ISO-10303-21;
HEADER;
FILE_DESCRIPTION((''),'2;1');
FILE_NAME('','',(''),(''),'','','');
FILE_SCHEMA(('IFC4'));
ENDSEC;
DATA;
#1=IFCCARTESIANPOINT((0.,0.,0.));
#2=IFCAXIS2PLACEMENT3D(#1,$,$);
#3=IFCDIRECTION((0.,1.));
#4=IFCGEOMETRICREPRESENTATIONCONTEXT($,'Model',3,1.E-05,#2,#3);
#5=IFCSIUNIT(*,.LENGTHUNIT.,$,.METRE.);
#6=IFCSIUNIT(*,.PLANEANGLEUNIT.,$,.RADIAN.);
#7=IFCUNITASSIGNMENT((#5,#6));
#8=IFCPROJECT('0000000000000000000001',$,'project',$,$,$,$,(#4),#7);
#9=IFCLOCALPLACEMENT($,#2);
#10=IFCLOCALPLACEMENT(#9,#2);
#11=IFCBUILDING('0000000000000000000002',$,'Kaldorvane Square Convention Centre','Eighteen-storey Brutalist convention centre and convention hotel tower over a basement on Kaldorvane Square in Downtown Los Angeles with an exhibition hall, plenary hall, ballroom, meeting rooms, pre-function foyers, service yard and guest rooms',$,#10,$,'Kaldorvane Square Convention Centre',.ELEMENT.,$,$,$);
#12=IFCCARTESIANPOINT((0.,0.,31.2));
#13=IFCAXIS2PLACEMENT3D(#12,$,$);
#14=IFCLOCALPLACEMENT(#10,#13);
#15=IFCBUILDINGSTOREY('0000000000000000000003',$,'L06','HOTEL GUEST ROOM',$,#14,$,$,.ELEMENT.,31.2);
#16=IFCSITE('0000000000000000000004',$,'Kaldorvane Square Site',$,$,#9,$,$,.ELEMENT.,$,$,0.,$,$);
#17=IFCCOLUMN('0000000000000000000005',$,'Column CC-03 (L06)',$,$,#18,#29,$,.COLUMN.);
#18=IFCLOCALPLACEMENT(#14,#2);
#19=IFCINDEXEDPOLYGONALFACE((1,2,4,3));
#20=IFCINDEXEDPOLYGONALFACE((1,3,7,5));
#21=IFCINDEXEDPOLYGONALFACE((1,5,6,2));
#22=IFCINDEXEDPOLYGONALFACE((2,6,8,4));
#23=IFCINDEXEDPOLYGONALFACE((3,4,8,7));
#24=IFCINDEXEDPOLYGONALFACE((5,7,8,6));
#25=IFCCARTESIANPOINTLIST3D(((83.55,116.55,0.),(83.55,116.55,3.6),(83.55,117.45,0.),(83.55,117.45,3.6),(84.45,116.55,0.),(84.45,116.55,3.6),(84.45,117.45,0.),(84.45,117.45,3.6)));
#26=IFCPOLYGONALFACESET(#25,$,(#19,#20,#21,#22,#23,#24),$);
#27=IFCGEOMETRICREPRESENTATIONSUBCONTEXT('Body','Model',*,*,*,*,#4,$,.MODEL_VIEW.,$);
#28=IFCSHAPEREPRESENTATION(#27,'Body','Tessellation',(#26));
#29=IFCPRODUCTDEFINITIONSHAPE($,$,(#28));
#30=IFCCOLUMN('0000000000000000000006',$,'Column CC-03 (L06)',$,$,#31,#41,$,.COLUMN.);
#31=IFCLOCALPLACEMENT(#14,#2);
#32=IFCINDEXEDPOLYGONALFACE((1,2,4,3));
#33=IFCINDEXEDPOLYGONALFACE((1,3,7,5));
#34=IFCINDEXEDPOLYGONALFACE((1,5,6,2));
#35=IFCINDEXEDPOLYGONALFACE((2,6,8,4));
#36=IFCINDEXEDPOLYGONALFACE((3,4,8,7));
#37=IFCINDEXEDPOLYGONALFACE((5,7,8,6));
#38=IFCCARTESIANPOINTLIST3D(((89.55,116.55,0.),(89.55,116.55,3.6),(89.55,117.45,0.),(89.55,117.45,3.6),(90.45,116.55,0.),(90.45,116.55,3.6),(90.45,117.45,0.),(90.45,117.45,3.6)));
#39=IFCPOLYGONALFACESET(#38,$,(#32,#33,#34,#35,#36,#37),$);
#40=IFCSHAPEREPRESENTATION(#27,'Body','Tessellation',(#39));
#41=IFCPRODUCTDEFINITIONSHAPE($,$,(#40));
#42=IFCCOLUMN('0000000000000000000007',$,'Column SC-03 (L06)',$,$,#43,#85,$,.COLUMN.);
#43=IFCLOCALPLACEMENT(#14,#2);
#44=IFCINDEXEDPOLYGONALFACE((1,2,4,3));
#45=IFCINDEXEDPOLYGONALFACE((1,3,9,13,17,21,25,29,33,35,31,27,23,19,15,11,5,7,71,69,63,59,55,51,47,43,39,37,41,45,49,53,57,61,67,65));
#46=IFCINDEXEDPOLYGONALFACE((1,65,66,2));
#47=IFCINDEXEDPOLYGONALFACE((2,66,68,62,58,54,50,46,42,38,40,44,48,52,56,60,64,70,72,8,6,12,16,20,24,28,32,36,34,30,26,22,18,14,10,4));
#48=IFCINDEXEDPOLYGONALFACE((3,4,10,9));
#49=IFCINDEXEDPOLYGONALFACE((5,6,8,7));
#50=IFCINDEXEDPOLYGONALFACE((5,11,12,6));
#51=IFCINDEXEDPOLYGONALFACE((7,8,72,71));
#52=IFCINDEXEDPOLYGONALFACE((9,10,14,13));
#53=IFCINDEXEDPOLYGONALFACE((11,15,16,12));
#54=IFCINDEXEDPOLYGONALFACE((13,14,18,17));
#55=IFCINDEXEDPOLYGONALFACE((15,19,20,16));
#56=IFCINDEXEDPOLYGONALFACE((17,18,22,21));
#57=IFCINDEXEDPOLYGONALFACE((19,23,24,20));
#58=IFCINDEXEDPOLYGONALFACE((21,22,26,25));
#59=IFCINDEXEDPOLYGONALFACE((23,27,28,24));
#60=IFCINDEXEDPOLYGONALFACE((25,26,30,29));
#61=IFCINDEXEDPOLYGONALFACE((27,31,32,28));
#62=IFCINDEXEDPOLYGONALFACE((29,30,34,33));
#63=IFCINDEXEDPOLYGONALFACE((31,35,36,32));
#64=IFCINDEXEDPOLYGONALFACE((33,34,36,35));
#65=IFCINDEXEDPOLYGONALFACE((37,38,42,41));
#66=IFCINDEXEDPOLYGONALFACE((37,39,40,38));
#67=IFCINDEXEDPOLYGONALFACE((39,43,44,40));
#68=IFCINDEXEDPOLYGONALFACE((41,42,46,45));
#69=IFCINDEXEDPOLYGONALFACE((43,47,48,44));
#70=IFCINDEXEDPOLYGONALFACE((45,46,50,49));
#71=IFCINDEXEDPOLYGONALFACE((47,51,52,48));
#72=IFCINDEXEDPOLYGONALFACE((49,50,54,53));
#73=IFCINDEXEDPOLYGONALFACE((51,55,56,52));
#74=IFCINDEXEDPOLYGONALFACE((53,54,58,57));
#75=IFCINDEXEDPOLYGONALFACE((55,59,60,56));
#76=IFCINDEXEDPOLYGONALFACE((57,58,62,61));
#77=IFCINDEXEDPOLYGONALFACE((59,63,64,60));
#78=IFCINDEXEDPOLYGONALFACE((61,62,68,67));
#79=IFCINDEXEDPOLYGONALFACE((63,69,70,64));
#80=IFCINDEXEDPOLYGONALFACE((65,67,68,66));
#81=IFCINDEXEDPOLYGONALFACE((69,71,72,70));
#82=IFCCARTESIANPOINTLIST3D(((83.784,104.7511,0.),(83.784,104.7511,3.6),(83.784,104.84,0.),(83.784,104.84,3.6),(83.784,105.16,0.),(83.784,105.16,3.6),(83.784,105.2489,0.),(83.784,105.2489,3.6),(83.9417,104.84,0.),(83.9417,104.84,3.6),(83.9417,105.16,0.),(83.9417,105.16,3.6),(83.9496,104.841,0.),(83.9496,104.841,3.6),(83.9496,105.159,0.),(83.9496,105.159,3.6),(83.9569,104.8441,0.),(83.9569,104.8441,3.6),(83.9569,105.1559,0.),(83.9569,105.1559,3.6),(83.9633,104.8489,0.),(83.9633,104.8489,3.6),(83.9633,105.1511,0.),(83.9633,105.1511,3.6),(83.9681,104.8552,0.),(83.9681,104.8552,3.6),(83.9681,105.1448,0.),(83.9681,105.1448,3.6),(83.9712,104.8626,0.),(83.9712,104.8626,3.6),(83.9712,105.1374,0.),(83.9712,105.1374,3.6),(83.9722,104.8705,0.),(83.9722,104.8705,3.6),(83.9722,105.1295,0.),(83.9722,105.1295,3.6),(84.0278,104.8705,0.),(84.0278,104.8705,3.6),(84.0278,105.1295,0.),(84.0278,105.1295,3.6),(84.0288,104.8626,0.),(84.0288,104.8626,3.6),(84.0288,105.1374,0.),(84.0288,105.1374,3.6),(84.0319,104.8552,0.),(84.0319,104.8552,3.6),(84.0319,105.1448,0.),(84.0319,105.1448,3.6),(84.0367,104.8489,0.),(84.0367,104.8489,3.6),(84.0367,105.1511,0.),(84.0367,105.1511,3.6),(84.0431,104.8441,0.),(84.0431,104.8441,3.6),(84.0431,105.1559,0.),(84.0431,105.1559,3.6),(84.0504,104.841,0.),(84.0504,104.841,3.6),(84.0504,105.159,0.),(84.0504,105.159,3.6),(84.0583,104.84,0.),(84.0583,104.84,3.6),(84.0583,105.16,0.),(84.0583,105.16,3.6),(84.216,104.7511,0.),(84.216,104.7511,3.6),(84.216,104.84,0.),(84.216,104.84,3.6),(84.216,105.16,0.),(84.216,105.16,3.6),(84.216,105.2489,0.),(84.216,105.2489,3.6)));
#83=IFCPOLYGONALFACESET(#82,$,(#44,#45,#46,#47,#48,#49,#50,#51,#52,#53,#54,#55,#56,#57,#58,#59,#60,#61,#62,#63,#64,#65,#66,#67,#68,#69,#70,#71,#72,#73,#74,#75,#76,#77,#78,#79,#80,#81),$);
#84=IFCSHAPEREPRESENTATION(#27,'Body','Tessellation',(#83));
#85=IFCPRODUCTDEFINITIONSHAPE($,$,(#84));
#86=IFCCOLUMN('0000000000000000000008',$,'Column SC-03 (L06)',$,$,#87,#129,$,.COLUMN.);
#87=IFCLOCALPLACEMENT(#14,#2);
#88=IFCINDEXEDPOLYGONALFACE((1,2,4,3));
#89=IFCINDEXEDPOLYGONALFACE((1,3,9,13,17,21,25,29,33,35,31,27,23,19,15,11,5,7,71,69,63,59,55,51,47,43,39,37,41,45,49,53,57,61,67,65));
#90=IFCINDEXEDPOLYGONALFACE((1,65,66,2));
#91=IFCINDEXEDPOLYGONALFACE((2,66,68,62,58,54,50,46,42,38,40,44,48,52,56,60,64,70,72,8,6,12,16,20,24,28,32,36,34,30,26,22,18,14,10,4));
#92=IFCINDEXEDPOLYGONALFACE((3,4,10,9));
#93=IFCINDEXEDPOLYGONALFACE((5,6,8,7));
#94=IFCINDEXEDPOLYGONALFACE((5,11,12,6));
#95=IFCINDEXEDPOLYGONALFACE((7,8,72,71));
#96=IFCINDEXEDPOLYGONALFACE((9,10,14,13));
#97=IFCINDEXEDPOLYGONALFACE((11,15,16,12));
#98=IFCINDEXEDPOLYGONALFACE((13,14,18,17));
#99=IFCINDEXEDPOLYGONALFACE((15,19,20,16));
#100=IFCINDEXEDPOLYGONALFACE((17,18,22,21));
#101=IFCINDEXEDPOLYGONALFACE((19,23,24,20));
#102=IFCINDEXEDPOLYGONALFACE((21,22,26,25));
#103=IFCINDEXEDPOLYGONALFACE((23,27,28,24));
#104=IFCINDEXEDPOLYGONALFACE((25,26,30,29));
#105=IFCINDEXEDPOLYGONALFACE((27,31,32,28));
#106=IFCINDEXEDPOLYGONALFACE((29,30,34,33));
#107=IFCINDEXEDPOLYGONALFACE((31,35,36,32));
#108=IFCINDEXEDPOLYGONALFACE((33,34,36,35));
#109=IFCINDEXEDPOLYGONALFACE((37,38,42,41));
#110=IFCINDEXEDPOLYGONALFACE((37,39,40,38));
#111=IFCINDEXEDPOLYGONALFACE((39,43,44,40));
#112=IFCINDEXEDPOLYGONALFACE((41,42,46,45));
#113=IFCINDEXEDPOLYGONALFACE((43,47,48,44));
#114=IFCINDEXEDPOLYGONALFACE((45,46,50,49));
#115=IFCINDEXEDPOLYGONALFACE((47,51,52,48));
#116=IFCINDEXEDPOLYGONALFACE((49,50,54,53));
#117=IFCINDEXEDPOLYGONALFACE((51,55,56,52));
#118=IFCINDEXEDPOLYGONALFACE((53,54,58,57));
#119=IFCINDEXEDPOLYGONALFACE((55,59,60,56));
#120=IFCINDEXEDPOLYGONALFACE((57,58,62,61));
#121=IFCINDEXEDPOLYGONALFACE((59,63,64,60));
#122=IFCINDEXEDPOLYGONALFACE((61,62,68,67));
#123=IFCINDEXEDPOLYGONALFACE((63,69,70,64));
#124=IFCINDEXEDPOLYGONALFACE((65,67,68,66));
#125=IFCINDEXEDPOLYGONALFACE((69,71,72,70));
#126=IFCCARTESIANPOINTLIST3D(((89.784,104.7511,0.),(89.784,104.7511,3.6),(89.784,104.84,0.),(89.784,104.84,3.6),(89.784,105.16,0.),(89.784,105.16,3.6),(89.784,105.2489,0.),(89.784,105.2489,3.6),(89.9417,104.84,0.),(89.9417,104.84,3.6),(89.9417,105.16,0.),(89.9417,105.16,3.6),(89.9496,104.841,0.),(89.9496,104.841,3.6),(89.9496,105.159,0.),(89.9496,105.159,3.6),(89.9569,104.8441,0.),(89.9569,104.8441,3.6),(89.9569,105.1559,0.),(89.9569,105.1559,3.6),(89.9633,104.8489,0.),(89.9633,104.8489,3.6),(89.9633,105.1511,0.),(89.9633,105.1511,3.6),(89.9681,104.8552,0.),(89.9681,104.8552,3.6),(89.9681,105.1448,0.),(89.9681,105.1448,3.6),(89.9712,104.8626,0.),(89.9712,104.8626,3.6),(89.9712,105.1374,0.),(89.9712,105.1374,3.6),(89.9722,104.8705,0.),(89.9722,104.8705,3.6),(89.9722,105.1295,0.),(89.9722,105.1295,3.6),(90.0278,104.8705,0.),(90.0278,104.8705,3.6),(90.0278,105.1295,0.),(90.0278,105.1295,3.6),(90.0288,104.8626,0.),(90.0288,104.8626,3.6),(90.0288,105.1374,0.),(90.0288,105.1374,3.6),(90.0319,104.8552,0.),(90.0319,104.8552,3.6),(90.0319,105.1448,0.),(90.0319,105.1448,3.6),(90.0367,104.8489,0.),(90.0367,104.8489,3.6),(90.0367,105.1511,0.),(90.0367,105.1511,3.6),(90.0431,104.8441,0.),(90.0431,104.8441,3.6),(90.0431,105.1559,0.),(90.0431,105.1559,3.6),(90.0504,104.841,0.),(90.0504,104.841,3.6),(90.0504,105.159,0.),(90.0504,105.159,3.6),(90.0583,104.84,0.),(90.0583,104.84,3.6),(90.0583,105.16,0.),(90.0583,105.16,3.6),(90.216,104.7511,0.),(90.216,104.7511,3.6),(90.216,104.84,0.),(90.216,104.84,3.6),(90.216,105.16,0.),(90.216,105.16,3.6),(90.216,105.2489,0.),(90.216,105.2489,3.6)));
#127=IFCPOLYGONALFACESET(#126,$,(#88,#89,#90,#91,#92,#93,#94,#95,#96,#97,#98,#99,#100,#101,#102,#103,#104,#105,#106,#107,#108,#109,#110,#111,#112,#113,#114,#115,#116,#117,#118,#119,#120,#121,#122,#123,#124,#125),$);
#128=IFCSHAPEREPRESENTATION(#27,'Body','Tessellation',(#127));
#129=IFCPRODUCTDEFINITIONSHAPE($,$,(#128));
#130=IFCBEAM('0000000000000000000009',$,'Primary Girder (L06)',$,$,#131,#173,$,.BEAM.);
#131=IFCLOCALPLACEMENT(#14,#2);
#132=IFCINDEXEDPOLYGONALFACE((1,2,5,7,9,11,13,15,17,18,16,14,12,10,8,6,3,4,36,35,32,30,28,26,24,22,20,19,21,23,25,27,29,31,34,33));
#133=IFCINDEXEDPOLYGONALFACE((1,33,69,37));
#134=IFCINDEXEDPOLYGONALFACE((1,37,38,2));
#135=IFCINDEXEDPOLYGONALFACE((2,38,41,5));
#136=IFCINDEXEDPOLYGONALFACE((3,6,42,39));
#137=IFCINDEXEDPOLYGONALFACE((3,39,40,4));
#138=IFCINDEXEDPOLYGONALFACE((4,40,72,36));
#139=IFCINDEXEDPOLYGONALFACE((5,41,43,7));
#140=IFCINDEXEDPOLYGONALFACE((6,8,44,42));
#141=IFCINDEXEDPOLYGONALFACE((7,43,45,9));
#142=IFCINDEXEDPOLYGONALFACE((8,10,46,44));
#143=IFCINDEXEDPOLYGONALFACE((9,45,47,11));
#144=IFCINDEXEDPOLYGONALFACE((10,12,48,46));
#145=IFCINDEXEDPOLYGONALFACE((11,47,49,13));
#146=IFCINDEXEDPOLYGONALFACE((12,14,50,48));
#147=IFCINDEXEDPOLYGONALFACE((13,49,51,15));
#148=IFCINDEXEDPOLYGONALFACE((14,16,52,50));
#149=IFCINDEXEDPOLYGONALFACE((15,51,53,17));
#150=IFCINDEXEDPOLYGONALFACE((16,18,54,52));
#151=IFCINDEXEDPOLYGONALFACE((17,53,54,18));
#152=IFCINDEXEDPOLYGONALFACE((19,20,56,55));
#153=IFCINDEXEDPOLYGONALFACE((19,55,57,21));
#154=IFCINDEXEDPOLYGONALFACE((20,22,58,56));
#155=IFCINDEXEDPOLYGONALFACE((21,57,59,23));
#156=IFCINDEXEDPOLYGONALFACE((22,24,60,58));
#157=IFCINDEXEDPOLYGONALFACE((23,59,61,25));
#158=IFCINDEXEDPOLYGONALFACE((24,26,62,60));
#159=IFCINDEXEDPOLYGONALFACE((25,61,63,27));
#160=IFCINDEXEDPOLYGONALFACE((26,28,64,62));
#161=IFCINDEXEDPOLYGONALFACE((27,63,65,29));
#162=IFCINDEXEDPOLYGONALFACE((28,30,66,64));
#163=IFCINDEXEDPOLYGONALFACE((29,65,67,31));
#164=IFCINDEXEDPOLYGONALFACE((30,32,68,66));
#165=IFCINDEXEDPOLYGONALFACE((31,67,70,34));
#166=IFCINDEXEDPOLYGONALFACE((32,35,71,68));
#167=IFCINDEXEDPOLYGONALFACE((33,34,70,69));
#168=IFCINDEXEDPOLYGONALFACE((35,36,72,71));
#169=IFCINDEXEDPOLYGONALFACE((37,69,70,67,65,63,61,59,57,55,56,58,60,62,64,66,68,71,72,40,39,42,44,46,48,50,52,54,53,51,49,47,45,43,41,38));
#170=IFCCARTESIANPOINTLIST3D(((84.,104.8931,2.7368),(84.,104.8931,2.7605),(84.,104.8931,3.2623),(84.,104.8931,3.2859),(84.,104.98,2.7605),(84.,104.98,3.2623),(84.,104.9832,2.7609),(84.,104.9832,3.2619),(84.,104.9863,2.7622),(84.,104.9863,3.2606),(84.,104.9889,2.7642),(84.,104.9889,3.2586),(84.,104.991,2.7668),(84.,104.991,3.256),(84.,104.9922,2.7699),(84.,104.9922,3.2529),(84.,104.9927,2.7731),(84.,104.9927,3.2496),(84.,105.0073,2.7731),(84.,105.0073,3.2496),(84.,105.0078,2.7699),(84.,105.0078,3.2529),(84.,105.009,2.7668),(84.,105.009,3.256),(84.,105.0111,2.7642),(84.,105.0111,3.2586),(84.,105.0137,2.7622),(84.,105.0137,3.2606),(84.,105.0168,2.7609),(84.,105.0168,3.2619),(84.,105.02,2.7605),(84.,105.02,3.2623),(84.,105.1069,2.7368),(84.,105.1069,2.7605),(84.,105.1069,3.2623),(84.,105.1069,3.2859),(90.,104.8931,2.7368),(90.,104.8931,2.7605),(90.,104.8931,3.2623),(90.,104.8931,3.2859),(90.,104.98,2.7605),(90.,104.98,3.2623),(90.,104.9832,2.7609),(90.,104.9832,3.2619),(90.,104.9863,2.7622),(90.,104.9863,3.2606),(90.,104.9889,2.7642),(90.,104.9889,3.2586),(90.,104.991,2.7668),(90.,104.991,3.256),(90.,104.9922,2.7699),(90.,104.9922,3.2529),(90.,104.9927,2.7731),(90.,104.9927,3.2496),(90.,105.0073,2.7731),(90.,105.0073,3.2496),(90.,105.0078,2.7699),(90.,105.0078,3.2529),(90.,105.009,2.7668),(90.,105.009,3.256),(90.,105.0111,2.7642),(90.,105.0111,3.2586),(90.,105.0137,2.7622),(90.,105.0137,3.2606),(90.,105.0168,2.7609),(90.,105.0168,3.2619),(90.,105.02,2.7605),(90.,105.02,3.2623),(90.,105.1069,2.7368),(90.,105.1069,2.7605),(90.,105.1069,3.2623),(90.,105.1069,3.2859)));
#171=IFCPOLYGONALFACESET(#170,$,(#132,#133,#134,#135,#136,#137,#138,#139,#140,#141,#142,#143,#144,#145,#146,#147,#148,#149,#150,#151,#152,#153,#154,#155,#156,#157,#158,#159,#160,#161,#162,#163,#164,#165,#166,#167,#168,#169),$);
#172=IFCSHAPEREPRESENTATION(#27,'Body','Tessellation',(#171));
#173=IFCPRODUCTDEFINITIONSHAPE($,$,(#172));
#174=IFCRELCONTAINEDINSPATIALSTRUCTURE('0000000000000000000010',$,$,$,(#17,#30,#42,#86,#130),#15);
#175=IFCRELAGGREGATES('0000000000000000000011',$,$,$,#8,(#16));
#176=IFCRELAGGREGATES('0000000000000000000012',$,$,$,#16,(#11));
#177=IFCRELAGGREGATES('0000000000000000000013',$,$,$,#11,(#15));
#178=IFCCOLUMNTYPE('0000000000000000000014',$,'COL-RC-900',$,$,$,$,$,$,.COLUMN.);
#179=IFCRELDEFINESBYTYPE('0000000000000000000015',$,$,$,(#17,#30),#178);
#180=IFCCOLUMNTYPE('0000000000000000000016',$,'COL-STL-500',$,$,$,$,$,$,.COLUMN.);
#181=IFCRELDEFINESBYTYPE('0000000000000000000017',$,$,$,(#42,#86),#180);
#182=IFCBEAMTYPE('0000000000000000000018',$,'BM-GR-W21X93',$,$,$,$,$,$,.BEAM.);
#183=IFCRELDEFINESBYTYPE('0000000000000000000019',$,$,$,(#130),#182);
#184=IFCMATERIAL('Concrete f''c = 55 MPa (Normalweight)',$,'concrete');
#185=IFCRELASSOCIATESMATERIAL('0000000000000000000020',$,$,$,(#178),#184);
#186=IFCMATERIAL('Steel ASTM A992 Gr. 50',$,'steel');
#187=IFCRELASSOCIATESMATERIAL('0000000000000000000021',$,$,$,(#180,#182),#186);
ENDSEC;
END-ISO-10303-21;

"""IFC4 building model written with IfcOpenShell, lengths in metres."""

from ifc_helpers import new_model, si_unit, direction, frame, origin, origin_2d, place, context, subcontext, project, spatial, rectangle, i_section, extrude, material, material_profile, profile_set, type_object, element, save


model = new_model("IFC4")

# Units and contexts
model_context = context("Model", 3, precision=1e-05, world=origin(), true_north=direction((0.0, 1.0)))
body_context = subcontext(model_context, "Body", "Model", "MODEL_VIEW")
ifc_project = project(units=[si_unit("LENGTHUNIT", "METRE"), si_unit("PLANEANGLEUNIT", "RADIAN")], contexts=[model_context])

# Site, building, storey
site_placement = place(None, origin())
site = spatial("IfcSite", under=ifc_project, at=site_placement, Name="Kaldorvane Square Site", CompositionType="ELEMENT", RefElevation=0.0)
building_placement = place(site_placement, origin())
building = spatial("IfcBuilding", under=site, at=building_placement, Name="Kaldorvane Square Convention Centre", Description="Eighteen-storey Brutalist convention centre and convention hotel tower over a basement on Kaldorvane Square in Downtown Los Angeles with an exhibition hall, plenary hall, ballroom, meeting rooms, pre-function foyers, service yard and guest rooms", LongName="Kaldorvane Square Convention Centre", CompositionType="ELEMENT")
storey_placement = place(building_placement, frame((0.0, 0.0, 31.2)))
storey = spatial("IfcBuildingStorey", under=building, at=storey_placement, Name="L06", Description="HOTEL GUEST ROOM", CompositionType="ELEMENT", Elevation=31.2)

# Columns
ifc_material_1 = material(Name="Concrete f'c = 55 MPa (Normalweight)", Category="concrete")
ifc_material_profile_1 = material_profile(ifc_material_1, rectangle(XDim=0.9, YDim=0.9, at=origin_2d()), Name="RC900X900")
ifc_profile_set_1 = profile_set([ifc_material_profile_1], Name="Concrete f'c = 55 MPa (Normalweight)")
column_type_1 = type_object("IfcColumnType", Name="COL-RC-900", PredefinedType="COLUMN", material=ifc_profile_set_1)
for number, where, z_axis, x_axis, name in (
    (1, (84.0, 117.0, 0.0), (0.0, 0.0, 1.0), (1.0, 0.0, 0.0), "Column CC-03 (L06)"),
    (2, (90.0, 117.0, 0.0), (0.0, 0.0, 1.0), (1.0, 0.0, 0.0), "Column CC-03 (L06)"),
):
    element("IfcColumn", number, at=place(storey_placement, frame(where, z_axis=z_axis, x_axis=x_axis)), inside=storey, type_object=column_type_1, Name=name, PredefinedType="COLUMN", context=body_context, shape_type="SweptSolid", body=[
        extrude(rectangle(XDim=0.9, YDim=0.9, at=origin_2d()), origin(), (0.0, 0.0, 1.0), 3.6),
    ])
ifc_material_2 = material(Name="Steel ASTM A992 Gr. 50", Category="steel")
ifc_material_profile_2 = material_profile(ifc_material_2, i_section(OverallWidth=0.4321, OverallDepth=0.4978, WebThickness=0.0556, FlangeThickness=0.0889, FilletRadius=0.0305, at=origin_2d()), Name="W14X500")
ifc_profile_set_2 = profile_set([ifc_material_profile_2], Name="Steel ASTM A992 Gr. 50")
column_type_2 = type_object("IfcColumnType", Name="COL-STL-500", PredefinedType="COLUMN", material=ifc_profile_set_2)
for number, where, z_axis, x_axis, name in (
    (3, (84.0, 105.0, 0.0), (0.0, 0.0, 1.0), (1.0, 0.0, 0.0), "Column SC-03 (L06)"),
    (4, (90.0, 105.0, 0.0), (0.0, 0.0, 1.0), (1.0, 0.0, 0.0), "Column SC-03 (L06)"),
):
    element("IfcColumn", number, at=place(storey_placement, frame(where, z_axis=z_axis, x_axis=x_axis)), inside=storey, type_object=column_type_2, Name=name, PredefinedType="COLUMN", context=body_context, shape_type="SweptSolid", body=[
        extrude(i_section(OverallWidth=0.4321, OverallDepth=0.4978, WebThickness=0.0556, FlangeThickness=0.0889, FilletRadius=0.0305, at=origin_2d()), origin(), (0.0, 0.0, 1.0), 3.6),
    ])

# Beam
ifc_material_profile_3 = material_profile(ifc_material_2, i_section(OverallWidth=0.2139, OverallDepth=0.5491, WebThickness=0.0147, FlangeThickness=0.0236, FilletRadius=0.0127, at=origin_2d()), Name="W21X93")
ifc_profile_set_3 = profile_set([ifc_material_profile_3], Name="Steel ASTM A992 Gr. 50")
beam_type_1 = type_object("IfcBeamType", Name="BM-GR-W21X93", PredefinedType="BEAM", material=ifc_profile_set_3)
for number, where, z_axis, x_axis, name in (
    (5, (84.0, 105.0, 3.0114), (1.0, 0.0, 0.0), (0.0, 1.0, 0.0), "Primary Girder (L06)"),
):
    element("IfcBeam", number, at=place(storey_placement, frame(where, z_axis=z_axis, x_axis=x_axis)), inside=storey, type_object=beam_type_1, Name=name, PredefinedType="BEAM", context=body_context, shape_type="SweptSolid", body=[
        extrude(i_section(OverallWidth=0.2139, OverallDepth=0.5491, WebThickness=0.0147, FlangeThickness=0.0236, FilletRadius=0.0127, at=origin_2d()), origin(), (0.0, 0.0, 1.0), 6.0),
    ])

save(model, "model.ifc")
